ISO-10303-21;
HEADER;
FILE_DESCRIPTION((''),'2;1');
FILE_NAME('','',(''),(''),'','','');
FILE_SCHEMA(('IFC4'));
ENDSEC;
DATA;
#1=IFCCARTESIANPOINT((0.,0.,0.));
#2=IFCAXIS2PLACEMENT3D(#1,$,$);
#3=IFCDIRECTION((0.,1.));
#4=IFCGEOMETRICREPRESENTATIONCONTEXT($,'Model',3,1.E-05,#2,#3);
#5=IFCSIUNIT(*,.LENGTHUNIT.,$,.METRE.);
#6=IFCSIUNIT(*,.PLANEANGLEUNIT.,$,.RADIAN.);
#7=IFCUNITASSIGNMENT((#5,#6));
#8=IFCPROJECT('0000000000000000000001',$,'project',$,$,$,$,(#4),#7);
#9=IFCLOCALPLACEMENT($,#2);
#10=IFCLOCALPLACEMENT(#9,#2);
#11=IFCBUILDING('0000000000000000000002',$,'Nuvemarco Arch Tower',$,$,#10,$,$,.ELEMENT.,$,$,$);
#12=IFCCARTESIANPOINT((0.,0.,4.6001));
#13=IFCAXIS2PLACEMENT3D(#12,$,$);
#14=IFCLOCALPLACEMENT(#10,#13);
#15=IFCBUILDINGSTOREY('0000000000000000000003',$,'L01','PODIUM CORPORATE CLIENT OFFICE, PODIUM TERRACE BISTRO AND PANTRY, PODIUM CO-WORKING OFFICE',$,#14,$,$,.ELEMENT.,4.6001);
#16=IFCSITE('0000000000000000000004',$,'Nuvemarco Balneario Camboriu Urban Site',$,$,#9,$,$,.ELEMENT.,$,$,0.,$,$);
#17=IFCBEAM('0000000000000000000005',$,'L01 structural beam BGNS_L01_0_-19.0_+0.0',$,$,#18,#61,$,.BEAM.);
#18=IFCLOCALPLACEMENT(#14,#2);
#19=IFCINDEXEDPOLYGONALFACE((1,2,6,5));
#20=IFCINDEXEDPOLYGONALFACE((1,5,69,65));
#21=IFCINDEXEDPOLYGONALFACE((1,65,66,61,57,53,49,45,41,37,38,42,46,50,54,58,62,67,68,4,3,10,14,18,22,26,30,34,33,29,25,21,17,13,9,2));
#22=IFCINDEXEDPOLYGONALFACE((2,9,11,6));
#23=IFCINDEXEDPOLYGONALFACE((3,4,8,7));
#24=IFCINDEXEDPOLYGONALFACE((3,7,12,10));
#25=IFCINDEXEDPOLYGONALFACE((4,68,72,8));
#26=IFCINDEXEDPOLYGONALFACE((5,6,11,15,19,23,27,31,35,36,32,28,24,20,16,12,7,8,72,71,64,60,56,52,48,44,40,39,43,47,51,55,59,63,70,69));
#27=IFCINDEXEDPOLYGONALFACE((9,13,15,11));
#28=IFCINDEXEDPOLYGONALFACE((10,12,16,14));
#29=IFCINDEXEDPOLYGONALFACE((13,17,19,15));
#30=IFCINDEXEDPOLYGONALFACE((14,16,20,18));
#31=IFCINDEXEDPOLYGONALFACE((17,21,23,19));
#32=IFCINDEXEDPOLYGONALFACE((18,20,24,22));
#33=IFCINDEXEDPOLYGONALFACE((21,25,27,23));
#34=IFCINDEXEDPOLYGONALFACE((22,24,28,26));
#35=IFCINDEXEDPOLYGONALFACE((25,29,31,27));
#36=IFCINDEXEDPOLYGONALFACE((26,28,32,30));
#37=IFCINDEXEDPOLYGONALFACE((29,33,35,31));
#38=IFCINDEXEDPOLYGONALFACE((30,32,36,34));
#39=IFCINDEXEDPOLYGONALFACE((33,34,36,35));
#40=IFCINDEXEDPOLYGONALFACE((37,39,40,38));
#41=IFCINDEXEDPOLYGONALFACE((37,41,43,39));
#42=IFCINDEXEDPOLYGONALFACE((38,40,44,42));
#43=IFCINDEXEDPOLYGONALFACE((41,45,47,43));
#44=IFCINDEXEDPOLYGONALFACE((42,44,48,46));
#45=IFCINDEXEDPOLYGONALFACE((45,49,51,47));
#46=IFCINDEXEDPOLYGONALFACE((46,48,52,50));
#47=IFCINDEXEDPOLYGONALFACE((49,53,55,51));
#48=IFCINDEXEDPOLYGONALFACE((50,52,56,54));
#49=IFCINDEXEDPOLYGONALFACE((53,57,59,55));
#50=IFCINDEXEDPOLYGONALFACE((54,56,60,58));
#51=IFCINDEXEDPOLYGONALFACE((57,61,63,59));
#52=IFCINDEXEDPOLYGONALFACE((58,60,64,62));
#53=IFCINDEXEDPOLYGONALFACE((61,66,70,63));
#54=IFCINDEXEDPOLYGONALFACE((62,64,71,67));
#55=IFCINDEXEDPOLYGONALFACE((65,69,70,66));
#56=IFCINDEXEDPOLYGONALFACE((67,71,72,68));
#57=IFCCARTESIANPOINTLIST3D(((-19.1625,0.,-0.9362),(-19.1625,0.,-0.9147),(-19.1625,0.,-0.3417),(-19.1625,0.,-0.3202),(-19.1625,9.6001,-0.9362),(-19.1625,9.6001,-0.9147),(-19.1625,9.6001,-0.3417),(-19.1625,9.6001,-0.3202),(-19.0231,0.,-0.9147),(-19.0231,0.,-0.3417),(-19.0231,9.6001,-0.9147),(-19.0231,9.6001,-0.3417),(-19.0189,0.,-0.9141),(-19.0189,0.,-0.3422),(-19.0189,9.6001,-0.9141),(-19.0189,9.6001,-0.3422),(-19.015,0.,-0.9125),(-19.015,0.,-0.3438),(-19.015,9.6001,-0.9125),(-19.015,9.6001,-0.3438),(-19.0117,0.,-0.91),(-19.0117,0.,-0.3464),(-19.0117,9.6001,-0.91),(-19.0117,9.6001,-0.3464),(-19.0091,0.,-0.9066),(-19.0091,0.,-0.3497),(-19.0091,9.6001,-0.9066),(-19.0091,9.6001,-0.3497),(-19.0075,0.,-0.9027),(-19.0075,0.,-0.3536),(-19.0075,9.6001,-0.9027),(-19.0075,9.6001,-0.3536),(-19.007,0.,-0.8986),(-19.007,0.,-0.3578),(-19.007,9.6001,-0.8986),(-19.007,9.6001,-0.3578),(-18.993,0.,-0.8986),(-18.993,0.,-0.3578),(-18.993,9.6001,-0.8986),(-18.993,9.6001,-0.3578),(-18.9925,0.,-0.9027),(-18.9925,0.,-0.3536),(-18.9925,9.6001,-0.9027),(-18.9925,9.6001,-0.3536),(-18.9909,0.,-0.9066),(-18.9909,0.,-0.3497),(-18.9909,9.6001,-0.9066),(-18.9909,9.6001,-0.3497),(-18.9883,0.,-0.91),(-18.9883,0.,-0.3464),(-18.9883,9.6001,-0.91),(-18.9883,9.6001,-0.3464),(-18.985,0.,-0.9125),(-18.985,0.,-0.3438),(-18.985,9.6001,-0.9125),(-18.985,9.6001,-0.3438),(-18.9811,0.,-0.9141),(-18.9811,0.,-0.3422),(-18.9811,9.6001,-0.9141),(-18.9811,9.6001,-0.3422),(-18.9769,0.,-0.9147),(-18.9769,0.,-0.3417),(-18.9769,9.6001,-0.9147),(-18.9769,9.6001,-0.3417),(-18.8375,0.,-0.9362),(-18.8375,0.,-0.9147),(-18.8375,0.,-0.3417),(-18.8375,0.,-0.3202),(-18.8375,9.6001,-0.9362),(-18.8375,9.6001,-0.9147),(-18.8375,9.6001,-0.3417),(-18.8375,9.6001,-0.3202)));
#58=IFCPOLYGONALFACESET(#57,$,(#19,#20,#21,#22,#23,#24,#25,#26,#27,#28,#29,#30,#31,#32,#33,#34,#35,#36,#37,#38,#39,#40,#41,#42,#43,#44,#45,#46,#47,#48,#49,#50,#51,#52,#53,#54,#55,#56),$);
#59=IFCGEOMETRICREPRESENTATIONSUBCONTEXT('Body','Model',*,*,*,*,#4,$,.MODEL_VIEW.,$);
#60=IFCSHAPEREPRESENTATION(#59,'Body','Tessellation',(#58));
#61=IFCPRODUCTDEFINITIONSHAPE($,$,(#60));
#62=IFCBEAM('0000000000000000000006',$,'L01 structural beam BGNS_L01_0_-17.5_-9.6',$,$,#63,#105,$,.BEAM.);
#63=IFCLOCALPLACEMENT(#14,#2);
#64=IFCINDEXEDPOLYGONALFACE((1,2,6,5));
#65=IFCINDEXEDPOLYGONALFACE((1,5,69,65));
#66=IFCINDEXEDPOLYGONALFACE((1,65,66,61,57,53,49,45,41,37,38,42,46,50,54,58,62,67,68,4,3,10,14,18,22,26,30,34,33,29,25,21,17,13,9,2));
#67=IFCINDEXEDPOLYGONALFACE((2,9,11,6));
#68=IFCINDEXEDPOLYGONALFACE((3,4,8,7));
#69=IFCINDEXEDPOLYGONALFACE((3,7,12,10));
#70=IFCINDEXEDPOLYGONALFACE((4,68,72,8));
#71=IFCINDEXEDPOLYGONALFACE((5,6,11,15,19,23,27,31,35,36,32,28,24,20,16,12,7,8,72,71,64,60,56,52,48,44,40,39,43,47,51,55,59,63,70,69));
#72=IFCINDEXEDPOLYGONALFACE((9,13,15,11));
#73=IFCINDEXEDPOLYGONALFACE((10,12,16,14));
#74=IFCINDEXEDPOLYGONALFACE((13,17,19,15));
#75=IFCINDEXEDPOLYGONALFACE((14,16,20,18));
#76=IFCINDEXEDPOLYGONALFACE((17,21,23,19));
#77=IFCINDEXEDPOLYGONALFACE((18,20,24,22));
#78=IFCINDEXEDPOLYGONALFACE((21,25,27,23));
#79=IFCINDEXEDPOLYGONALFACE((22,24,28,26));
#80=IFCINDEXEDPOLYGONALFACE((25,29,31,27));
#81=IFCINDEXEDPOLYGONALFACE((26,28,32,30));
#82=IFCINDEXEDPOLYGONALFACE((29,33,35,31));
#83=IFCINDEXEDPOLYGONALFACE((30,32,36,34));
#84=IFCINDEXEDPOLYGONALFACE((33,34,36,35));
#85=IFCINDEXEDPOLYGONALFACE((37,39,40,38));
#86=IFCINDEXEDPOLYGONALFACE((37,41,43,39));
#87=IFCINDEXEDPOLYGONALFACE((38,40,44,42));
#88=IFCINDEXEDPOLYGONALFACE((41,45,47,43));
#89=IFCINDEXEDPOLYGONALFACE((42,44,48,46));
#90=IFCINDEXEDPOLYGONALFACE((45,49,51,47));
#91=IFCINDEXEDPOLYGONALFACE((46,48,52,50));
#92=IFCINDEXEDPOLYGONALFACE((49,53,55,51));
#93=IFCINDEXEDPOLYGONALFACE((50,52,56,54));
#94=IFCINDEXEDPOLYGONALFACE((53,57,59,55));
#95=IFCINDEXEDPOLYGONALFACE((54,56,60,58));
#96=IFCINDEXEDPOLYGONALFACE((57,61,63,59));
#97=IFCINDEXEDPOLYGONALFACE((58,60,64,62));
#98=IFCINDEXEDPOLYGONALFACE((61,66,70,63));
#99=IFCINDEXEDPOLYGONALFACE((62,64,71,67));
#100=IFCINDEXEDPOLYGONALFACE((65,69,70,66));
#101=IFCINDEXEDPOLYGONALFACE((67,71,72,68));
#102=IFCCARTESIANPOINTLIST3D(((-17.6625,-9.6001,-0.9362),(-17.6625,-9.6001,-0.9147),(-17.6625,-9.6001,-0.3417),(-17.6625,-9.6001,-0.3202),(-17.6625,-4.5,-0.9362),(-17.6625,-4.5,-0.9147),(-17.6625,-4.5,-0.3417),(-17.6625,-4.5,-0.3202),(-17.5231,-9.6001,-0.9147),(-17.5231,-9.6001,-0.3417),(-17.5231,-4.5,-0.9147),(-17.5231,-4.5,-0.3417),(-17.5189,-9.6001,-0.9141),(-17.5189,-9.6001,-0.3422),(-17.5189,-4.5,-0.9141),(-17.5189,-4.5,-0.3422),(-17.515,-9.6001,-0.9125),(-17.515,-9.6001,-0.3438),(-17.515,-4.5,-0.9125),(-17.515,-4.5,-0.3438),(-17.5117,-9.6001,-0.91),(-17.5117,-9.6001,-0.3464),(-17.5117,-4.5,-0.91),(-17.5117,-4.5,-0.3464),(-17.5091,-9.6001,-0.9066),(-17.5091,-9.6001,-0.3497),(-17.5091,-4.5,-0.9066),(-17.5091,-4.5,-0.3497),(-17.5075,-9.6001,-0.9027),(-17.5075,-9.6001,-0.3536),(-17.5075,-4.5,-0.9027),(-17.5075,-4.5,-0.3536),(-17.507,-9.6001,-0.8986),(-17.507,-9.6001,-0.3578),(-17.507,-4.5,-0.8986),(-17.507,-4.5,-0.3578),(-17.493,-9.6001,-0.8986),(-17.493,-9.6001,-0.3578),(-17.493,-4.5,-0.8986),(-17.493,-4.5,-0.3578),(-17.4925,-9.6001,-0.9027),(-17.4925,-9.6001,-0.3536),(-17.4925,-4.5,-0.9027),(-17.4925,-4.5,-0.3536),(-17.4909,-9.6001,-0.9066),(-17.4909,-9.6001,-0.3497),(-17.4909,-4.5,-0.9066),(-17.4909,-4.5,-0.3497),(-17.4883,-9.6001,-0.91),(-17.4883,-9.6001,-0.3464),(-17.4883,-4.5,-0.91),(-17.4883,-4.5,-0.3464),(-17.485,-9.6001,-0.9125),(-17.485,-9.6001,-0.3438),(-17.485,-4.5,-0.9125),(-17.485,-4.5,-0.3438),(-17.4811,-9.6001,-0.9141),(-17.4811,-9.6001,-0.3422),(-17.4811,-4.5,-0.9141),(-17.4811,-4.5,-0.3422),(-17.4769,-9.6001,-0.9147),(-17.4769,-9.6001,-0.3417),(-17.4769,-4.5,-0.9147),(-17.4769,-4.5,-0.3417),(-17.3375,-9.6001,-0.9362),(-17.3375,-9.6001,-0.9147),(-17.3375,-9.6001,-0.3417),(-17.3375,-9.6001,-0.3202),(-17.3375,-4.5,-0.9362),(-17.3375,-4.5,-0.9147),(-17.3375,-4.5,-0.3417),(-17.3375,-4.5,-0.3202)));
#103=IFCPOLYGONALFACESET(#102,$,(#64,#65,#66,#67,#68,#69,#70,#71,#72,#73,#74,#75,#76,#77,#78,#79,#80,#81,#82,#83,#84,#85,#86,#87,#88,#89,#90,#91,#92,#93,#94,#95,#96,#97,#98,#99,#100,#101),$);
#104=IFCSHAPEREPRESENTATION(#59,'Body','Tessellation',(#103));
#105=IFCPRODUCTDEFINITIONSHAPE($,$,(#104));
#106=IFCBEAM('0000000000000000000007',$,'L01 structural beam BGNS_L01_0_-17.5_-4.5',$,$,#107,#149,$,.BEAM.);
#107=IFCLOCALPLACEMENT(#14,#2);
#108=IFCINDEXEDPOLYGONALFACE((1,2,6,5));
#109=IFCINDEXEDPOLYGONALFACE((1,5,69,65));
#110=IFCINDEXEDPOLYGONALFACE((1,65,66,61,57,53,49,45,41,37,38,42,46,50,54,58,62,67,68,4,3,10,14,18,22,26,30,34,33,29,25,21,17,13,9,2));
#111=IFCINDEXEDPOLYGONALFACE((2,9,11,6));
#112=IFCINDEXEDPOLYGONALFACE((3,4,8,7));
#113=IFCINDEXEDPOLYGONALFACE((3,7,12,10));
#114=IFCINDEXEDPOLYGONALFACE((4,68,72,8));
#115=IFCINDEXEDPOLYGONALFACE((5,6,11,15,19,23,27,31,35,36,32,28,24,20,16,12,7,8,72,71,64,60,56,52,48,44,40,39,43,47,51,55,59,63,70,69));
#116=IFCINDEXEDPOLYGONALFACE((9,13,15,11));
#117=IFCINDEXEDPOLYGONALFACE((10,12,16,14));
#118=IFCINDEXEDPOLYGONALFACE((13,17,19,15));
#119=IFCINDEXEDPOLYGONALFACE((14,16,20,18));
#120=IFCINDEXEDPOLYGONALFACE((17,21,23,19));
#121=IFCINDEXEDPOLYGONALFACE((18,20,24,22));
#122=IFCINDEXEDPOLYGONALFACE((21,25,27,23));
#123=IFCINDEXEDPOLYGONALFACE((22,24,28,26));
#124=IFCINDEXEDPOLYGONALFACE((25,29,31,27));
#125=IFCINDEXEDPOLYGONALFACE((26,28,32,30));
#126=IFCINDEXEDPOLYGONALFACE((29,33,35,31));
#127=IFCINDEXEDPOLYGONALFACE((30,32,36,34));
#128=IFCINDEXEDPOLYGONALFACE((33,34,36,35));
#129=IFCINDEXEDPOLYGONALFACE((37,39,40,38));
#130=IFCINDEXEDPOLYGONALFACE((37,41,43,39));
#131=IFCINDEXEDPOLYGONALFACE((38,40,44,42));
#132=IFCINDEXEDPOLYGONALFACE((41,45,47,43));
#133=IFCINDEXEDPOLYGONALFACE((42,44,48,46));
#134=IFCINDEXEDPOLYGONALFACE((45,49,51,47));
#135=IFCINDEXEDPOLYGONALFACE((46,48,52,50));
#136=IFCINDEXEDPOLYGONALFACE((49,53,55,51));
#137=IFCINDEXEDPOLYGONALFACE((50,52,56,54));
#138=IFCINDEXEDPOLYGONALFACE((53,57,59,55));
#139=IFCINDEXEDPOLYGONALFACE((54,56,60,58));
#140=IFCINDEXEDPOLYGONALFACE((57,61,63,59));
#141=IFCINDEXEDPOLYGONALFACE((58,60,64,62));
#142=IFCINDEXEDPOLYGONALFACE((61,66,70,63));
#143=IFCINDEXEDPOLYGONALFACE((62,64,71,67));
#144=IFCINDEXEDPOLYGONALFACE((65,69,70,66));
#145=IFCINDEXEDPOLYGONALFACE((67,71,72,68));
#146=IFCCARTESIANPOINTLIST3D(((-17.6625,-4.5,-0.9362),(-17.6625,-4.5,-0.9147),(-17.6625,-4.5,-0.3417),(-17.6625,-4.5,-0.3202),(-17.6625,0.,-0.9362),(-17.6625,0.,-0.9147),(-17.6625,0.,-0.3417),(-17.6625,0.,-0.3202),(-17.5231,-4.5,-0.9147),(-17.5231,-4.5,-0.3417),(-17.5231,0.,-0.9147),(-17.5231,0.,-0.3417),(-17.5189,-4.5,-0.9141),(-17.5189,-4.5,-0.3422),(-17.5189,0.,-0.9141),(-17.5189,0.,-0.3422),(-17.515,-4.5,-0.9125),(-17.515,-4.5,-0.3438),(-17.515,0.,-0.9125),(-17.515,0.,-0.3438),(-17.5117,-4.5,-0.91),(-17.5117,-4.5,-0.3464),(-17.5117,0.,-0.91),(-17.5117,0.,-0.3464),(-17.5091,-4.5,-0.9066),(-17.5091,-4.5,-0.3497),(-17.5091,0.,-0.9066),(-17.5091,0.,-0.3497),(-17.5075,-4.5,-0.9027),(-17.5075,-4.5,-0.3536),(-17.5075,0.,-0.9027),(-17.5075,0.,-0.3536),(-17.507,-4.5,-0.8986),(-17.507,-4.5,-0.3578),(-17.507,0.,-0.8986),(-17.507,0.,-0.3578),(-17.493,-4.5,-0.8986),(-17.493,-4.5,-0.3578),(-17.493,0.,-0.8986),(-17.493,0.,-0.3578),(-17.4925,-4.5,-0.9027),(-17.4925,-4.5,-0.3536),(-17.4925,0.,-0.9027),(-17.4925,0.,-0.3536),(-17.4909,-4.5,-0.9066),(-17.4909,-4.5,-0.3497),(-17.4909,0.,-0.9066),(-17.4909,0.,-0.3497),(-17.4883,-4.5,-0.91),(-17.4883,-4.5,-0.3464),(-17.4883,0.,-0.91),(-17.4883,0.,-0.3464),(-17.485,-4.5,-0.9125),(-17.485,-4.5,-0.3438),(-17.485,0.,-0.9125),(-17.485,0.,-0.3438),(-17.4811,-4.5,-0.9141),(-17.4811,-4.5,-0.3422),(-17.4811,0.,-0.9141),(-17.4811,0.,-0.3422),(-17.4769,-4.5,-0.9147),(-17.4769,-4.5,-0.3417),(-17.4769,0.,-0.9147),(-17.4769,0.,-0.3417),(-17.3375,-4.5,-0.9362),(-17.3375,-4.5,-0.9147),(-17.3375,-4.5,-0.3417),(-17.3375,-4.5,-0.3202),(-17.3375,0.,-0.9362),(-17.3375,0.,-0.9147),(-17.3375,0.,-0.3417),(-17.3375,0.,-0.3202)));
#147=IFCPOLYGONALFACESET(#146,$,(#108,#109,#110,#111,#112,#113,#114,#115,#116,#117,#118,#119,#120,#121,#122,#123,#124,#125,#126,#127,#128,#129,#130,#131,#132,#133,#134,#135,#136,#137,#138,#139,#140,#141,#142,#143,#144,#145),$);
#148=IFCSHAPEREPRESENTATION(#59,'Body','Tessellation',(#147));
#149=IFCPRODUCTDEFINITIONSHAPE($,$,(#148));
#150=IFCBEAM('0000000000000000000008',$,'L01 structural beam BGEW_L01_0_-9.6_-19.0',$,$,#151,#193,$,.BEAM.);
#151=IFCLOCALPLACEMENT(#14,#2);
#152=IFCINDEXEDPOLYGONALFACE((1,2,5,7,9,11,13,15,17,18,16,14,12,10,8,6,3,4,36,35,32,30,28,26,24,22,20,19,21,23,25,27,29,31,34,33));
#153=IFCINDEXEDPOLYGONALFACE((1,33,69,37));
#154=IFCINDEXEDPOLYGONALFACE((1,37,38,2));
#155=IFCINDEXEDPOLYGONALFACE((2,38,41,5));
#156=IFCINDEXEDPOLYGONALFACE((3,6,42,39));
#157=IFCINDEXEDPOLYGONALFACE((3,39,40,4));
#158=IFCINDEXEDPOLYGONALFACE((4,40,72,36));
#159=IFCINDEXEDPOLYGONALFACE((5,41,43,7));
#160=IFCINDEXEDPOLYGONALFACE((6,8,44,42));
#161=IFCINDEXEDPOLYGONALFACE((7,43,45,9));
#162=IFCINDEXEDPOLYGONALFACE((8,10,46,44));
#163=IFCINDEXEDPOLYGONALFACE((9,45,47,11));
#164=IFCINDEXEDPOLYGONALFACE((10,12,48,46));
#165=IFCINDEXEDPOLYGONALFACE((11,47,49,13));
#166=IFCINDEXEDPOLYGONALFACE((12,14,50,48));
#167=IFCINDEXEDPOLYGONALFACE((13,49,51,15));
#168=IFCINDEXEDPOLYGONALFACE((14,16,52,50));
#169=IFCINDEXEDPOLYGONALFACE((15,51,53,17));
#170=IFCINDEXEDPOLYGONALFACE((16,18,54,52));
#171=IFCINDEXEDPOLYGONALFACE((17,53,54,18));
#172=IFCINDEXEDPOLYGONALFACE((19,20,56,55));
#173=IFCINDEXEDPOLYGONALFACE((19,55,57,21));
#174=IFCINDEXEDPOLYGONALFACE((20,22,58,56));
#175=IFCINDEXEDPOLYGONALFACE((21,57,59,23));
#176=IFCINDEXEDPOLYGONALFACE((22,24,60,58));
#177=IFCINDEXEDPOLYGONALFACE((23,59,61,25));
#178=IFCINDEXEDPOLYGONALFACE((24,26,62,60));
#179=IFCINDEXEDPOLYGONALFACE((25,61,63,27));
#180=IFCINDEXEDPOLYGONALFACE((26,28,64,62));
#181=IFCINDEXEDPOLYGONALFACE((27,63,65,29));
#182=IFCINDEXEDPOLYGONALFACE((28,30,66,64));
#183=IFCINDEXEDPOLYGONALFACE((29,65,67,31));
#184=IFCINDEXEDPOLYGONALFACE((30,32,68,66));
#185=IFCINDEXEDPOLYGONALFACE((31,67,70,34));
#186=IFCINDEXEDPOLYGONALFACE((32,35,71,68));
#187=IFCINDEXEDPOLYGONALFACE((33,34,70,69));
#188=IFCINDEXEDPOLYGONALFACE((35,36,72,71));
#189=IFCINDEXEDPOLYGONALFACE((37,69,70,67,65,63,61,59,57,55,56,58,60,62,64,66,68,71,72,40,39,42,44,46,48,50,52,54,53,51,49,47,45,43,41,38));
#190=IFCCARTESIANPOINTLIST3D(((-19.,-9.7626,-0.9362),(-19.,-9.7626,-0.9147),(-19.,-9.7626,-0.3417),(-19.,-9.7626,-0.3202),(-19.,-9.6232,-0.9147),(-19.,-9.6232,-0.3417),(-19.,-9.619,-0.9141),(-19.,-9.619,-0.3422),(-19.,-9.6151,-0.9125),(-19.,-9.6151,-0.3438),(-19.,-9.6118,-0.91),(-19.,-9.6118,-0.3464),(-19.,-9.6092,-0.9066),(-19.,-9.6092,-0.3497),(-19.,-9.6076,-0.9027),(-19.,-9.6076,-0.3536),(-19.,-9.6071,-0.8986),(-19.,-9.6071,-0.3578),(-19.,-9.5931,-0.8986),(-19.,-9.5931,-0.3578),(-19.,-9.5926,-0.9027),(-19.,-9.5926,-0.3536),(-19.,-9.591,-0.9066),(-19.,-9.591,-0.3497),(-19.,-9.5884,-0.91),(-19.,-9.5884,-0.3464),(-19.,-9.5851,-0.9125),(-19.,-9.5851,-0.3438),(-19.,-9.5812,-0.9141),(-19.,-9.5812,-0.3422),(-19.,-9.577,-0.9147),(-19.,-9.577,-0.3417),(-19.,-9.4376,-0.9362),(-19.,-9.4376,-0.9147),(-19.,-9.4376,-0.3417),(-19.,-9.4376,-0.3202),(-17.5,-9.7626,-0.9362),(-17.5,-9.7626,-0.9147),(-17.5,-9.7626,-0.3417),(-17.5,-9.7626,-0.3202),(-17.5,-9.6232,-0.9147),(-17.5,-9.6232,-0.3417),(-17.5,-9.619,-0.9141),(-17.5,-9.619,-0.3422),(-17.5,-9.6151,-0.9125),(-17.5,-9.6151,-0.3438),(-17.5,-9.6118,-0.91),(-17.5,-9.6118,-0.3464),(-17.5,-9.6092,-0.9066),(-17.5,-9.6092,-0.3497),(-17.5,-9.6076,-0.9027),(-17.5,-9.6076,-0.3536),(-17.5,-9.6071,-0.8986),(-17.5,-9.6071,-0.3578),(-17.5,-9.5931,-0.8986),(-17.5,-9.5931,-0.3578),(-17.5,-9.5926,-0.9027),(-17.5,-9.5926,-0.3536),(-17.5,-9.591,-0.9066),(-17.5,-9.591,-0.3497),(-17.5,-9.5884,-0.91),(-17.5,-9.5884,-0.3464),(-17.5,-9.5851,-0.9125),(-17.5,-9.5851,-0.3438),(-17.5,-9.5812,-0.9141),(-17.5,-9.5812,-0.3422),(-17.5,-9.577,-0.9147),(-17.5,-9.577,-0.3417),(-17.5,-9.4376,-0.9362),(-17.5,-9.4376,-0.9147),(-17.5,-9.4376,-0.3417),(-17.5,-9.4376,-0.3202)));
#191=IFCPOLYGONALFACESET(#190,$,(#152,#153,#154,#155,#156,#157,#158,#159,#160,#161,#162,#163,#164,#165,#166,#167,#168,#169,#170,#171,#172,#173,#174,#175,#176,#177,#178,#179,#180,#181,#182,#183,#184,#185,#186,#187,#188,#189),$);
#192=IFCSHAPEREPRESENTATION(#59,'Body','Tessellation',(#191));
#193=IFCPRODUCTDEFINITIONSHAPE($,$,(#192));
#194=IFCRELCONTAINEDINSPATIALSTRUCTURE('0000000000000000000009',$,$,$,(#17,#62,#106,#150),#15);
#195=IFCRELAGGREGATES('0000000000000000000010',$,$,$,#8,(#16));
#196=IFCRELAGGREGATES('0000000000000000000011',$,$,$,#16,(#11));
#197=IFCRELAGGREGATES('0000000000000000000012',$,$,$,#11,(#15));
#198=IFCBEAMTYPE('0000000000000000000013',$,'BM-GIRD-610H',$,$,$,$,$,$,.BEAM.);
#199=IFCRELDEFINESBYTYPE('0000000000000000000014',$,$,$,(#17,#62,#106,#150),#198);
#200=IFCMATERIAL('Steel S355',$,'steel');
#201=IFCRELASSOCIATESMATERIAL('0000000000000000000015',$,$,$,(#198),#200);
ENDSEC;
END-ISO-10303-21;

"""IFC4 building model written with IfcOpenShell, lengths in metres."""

from ifc_helpers import new_model, si_unit, direction, frame, origin, origin_2d, place, context, subcontext, project, spatial, i_section, extrude, material, material_profile, profile_set, type_object, element, save


model = new_model("IFC4")

# Units and contexts
model_context = context("Model", 3, precision=1e-05, world=origin(), true_north=direction((0.0, 1.0)))
body_context = subcontext(model_context, "Body", "Model", "MODEL_VIEW")
ifc_project = project(units=[si_unit("LENGTHUNIT", "METRE"), si_unit("PLANEANGLEUNIT", "RADIAN")], contexts=[model_context])

# Site, building, storey
site_placement = place(None, origin())
site = spatial("IfcSite", under=ifc_project, at=site_placement, Name="Nuvemarco Balneario Camboriu Urban Site", CompositionType="ELEMENT", RefElevation=0.0)
building_placement = place(site_placement, origin())
building = spatial("IfcBuilding", under=site, at=building_placement, Name="Nuvemarco Arch Tower", CompositionType="ELEMENT")
storey_placement = place(building_placement, frame((0.0, 0.0, 4.6001)))
storey = spatial("IfcBuildingStorey", under=building, at=storey_placement, Name="L01", Description="PODIUM CORPORATE CLIENT OFFICE, PODIUM TERRACE BISTRO AND PANTRY, PODIUM CO-WORKING OFFICE", CompositionType="ELEMENT", Elevation=4.6001)

# Beams
ifc_material_1 = material(Name="Steel S355", Category="steel")
ifc_material_profile_1 = material_profile(ifc_material_1, i_section(OverallWidth=0.325, OverallDepth=0.616, WebThickness=0.0139, FlangeThickness=0.0215, FilletRadius=0.0161, at=origin_2d()), Name="W610x174")
ifc_profile_set_1 = profile_set([ifc_material_profile_1], Name="Steel S355")
beam_type_1 = type_object("IfcBeamType", Name="BM-GIRD-610H", PredefinedType="BEAM", material=ifc_profile_set_1)
for number, where, z_axis, x_axis, name in (
    (1, (-19.0, 0.0, -0.6282), (0.0, 1.0, 0.0), (-1.0, 0.0, 0.0), "L01 structural beam BGNS_L01_0_-19.0_+0.0"),
):
    element("IfcBeam", number, at=place(storey_placement, frame(where, z_axis=z_axis, x_axis=x_axis)), inside=storey, type_object=beam_type_1, Name=name, PredefinedType="BEAM", context=body_context, shape_type="SweptSolid", body=[
        extrude(i_section(OverallWidth=0.325, OverallDepth=0.616, WebThickness=0.0139, FlangeThickness=0.0215, FilletRadius=0.0161, at=origin_2d()), origin(), (0.0, 0.0, 1.0), 9.6001),
    ])
beam_1_placement = place(storey_placement, frame((-17.5, -9.6001, -0.6282), z_axis=(0.0, 1.0, 0.0), x_axis=(-1.0, 0.0, 0.0)))
element("IfcBeam", 2, at=beam_1_placement, inside=storey, type_object=beam_type_1, Name="L01 structural beam BGNS_L01_0_-17.5_-9.6", PredefinedType="BEAM", context=body_context, shape_type="SweptSolid", body=[
    extrude(i_section(OverallWidth=0.325, OverallDepth=0.616, WebThickness=0.0139, FlangeThickness=0.0215, FilletRadius=0.0161, at=origin_2d()), origin(), (0.0, 0.0, 1.0), 5.1001),
])
beam_2_placement = place(storey_placement, frame((-17.5, -4.5, -0.6282), z_axis=(0.0, 1.0, 0.0), x_axis=(-1.0, 0.0, 0.0)))
element("IfcBeam", 3, at=beam_2_placement, inside=storey, type_object=beam_type_1, Name="L01 structural beam BGNS_L01_0_-17.5_-4.5", PredefinedType="BEAM", context=body_context, shape_type="SweptSolid", body=[
    extrude(i_section(OverallWidth=0.325, OverallDepth=0.616, WebThickness=0.0139, FlangeThickness=0.0215, FilletRadius=0.0161, at=origin_2d()), origin(), (0.0, 0.0, 1.0), 4.5),
])
beam_3_placement = place(storey_placement, frame((-19.0, -9.6001, -0.6282), z_axis=(1.0, 0.0, 0.0), x_axis=(0.0, 1.0, 0.0)))
element("IfcBeam", 4, at=beam_3_placement, inside=storey, type_object=beam_type_1, Name="L01 structural beam BGEW_L01_0_-9.6_-19.0", PredefinedType="BEAM", context=body_context, shape_type="SweptSolid", body=[
    extrude(i_section(OverallWidth=0.325, OverallDepth=0.616, WebThickness=0.0139, FlangeThickness=0.0215, FilletRadius=0.0161, at=origin_2d()), origin(), (0.0, 0.0, 1.0), 1.5),
])

save(model, "model.ifc")
